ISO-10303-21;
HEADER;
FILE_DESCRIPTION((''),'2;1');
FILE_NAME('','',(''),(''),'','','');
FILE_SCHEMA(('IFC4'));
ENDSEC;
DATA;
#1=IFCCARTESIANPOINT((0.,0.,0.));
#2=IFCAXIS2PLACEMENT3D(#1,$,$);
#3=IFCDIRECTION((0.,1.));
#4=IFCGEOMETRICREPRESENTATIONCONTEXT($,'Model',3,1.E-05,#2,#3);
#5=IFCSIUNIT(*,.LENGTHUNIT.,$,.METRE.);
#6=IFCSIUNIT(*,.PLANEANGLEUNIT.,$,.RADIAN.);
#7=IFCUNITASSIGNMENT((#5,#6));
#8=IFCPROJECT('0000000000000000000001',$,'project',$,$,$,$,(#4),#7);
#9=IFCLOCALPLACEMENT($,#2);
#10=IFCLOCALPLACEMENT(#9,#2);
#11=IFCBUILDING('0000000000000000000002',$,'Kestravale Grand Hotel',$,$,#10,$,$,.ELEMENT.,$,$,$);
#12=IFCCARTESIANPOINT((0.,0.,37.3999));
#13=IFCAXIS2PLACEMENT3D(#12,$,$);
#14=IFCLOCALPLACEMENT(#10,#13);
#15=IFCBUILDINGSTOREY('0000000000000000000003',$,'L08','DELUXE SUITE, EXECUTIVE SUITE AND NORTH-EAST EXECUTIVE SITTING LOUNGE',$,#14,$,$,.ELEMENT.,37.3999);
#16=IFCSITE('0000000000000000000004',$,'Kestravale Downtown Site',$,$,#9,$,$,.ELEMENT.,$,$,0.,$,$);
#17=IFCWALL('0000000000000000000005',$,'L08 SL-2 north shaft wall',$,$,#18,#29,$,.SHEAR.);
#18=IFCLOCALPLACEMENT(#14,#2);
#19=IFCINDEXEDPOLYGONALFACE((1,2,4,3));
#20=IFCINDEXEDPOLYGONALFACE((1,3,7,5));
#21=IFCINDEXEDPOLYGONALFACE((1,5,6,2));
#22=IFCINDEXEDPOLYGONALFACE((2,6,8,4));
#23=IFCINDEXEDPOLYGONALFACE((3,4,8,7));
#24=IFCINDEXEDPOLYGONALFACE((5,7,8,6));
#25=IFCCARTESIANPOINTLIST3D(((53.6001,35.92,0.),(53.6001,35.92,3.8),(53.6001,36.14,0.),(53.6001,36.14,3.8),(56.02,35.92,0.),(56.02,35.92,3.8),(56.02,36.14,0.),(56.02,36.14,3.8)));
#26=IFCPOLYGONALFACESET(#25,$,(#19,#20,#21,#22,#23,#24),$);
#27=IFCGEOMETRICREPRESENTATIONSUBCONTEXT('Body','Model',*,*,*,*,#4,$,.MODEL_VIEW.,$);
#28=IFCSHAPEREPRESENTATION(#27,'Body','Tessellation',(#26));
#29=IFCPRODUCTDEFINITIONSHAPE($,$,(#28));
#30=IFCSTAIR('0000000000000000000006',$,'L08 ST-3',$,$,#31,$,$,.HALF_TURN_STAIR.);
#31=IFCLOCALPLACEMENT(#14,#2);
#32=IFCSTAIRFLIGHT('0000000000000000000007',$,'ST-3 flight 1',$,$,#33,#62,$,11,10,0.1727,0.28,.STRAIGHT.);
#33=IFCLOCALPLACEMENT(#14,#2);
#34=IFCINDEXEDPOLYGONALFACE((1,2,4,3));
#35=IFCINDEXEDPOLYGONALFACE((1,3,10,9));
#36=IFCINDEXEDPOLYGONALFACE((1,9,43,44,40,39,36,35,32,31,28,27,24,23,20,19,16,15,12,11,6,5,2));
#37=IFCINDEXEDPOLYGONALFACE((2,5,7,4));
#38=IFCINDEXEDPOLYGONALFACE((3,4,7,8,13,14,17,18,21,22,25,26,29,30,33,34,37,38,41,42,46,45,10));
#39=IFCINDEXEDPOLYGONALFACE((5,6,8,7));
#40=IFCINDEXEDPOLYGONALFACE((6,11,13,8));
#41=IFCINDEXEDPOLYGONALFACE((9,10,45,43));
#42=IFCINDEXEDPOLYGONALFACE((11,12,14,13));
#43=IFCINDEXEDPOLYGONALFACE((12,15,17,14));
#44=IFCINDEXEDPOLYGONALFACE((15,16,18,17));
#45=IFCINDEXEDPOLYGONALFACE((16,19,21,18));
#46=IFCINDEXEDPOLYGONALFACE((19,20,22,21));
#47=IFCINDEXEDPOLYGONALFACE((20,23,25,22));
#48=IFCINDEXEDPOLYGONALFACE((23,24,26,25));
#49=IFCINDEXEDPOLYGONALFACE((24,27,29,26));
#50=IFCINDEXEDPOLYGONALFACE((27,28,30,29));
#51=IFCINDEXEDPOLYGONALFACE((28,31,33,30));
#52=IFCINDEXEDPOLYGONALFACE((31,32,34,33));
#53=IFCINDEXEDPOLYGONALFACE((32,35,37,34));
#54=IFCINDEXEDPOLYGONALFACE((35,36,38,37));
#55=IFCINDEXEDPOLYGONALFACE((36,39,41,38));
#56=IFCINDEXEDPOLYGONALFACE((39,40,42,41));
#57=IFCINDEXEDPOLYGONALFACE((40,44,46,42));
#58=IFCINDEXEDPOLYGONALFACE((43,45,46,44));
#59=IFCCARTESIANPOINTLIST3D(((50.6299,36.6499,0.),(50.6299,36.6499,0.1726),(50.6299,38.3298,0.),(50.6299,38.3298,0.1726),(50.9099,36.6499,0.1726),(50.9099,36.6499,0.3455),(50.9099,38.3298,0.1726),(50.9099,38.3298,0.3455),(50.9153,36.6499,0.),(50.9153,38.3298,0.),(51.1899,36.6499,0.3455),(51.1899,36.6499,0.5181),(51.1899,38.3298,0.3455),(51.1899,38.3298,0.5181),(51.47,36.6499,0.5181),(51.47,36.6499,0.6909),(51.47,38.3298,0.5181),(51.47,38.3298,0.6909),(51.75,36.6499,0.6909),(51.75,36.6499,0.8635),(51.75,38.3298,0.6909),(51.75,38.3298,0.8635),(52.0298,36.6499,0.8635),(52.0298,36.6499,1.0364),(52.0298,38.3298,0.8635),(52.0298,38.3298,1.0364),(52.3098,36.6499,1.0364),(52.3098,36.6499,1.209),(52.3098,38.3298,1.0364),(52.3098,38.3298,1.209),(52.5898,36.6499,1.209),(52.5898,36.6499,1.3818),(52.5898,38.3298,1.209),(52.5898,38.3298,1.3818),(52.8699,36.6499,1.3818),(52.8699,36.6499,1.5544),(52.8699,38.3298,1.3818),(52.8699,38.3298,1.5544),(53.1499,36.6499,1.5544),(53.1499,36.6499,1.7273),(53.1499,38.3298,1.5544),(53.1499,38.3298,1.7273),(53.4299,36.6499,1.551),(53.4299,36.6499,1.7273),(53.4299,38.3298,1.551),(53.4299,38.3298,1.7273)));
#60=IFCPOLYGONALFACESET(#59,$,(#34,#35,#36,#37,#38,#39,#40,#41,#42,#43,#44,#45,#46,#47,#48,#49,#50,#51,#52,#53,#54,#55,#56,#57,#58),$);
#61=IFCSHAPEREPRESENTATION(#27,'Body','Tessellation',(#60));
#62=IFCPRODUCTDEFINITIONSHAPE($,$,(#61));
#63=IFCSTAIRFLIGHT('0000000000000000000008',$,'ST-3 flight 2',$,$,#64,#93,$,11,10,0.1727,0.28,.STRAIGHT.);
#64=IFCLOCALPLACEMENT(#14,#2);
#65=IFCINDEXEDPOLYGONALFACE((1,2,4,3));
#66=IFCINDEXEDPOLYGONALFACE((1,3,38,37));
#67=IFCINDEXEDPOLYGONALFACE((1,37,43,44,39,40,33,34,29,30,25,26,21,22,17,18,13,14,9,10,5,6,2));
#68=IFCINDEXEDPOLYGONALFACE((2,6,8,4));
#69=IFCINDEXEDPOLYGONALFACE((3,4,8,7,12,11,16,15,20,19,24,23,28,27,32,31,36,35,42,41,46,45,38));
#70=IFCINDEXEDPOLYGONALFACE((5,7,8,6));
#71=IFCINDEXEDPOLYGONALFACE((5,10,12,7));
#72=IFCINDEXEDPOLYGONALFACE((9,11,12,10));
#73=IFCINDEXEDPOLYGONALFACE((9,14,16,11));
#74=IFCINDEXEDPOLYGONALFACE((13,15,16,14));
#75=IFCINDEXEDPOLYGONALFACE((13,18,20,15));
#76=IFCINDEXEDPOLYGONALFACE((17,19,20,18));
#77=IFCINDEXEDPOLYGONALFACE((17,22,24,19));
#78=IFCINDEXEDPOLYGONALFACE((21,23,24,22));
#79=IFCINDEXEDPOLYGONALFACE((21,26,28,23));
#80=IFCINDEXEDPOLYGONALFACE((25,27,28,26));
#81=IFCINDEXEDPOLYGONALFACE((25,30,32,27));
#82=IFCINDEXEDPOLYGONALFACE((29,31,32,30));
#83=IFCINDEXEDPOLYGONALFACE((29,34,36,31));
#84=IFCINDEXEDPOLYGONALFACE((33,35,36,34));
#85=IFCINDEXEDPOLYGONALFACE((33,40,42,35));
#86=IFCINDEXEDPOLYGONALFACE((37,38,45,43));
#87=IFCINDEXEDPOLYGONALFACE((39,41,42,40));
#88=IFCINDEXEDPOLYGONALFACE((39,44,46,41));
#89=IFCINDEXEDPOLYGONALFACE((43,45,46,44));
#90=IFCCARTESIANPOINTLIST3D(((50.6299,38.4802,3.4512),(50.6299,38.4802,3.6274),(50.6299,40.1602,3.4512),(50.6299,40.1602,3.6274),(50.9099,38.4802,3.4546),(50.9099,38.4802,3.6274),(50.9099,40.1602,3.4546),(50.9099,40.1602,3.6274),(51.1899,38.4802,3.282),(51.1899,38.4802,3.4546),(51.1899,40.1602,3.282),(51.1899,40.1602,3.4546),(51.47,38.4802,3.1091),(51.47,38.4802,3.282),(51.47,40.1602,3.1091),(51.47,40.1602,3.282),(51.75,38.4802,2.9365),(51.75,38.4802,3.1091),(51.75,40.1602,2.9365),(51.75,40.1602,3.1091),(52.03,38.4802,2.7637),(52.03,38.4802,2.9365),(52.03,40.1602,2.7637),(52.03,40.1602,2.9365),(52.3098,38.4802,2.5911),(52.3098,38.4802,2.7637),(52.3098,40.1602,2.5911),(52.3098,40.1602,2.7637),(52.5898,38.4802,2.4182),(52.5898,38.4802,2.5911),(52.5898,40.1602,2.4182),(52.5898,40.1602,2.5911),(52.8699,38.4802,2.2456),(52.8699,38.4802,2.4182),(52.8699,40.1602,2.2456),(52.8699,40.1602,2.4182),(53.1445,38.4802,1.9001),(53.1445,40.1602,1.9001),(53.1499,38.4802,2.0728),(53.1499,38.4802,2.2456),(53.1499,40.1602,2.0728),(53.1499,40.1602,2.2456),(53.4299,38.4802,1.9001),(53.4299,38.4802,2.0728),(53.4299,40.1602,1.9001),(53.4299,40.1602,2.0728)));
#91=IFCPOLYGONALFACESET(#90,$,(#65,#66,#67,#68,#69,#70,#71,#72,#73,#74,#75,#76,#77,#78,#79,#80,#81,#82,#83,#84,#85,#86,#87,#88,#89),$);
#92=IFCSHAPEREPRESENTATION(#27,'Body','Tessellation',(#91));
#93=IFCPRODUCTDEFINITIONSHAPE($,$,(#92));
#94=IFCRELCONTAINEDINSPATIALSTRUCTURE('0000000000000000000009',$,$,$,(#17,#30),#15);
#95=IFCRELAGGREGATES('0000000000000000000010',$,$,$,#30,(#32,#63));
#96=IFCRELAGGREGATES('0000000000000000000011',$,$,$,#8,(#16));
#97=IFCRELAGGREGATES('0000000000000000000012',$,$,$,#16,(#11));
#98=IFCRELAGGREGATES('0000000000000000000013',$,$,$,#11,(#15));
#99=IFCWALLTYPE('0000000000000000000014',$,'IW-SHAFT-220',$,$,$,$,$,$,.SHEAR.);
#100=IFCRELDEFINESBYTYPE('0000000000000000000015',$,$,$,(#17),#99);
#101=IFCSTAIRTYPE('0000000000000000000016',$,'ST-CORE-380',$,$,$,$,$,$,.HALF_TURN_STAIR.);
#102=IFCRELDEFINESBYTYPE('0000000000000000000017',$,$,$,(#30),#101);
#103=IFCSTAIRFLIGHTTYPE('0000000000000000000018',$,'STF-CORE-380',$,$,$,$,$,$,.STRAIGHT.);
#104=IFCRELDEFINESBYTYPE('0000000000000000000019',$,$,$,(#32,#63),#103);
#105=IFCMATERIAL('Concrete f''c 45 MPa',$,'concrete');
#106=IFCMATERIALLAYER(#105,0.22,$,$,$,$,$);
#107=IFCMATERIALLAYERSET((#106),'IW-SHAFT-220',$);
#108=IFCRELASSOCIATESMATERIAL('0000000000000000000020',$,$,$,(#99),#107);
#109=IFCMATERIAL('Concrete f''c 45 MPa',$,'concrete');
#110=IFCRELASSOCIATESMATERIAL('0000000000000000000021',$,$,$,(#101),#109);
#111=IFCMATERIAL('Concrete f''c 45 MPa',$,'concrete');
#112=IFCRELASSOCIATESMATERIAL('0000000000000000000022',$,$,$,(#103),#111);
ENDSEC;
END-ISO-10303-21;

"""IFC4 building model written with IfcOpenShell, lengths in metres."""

from ifc_helpers import new_model, si_unit, direction, frame, frame_2d, origin, place, context, subcontext, project, spatial, polyline, rectangle, outline, extrude, material, layer, layer_set, type_object, element, aggregate, save


model = new_model("IFC4")

# Units and contexts
model_context = context("Model", 3, precision=1e-05, world=origin(), true_north=direction((0.0, 1.0)))
body_context = subcontext(model_context, "Body", "Model", "MODEL_VIEW")
ifc_project = project(units=[si_unit("LENGTHUNIT", "METRE"), si_unit("PLANEANGLEUNIT", "RADIAN")], contexts=[model_context])

# Site, building, storey
site_placement = place(None, origin())
site = spatial("IfcSite", under=ifc_project, at=site_placement, Name="Kestravale Downtown Site", CompositionType="ELEMENT", RefElevation=0.0)
building_placement = place(site_placement, origin())
building = spatial("IfcBuilding", under=site, at=building_placement, Name="Kestravale Grand Hotel", CompositionType="ELEMENT")
storey_placement = place(building_placement, frame((0.0, 0.0, 37.3999)))
storey = spatial("IfcBuildingStorey", under=building, at=storey_placement, Name="L08", Description="DELUXE SUITE, EXECUTIVE SUITE AND NORTH-EAST EXECUTIVE SITTING LOUNGE", CompositionType="ELEMENT", Elevation=37.3999)

# Shared definitions
ifc_material_1 = material(Name="Concrete f'c 45 MPa", Category="concrete")
ifc_layer_1 = layer(ifc_material_1, 0.22)
ifc_layer_set_1 = layer_set([ifc_layer_1], Name="IW-SHAFT-220")
wall_type_1 = type_object("IfcWallType", Name="IW-SHAFT-220", PredefinedType="SHEAR", material=ifc_layer_set_1)

# Wall
wall_1_placement = place(storey_placement, frame((53.6001, 36.03, 0.0), z_axis=(0.0, 0.0, 1.0), x_axis=(1.0, 0.0, 0.0)))
element("IfcWall", 1, at=wall_1_placement, inside=storey, type_object=wall_type_1, Name="L08 SL-2 north shaft wall", PredefinedType="SHEAR", context=body_context, shape_type="SweptSolid", body=[
    extrude(rectangle(XDim=2.4199, YDim=0.22, at=frame_2d((1.21, 0.0))), origin(), (0.0, 0.0, 1.0), 3.8),
])

# Stair, stair flights
ifc_material_2 = material(Name="Concrete f'c 45 MPa", Category="concrete")
stair_type = type_object("IfcStairType", Name="ST-CORE-380", PredefinedType="HALF_TURN_STAIR", material=ifc_material_2)
stair_placement = place(storey_placement, origin())
stair = element("IfcStair", 2, at=stair_placement, inside=storey, type_object=stair_type, Name="L08 ST-3", PredefinedType="HALF_TURN_STAIR")
ifc_material_3 = material(Name="Concrete f'c 45 MPa", Category="concrete")
stair_flight_type = type_object("IfcStairFlightType", Name="STF-CORE-380", PredefinedType="STRAIGHT", material=ifc_material_3)
stair_flight_1_placement = place(storey_placement, frame((50.6299, 37.49, 0.0), z_axis=(0.0, 0.0, 1.0), x_axis=(1.0, 0.0, 0.0)))
stair_flight_1 = element("IfcStairFlight", 3, at=stair_flight_1_placement, type_object=stair_flight_type, Name="ST-3 flight 1", NumberOfRisers=11, NumberOfTreads=10, PredefinedType="STRAIGHT", RiserHeight=0.1727, TreadLength=0.28, context=body_context, shape_type="SweptSolid", body=[
    extrude(outline(polyline([(0.0, 0.0), (0.0, 0.1726), (0.28, 0.1726), (0.28, 0.3455), (0.5601, 0.3455), (0.5601, 0.5181), (0.8401, 0.5181), (0.8401, 0.6909), (1.1201, 0.6909), (1.1201, 0.8635), (1.3999, 0.8635), (1.3999, 1.0364), (1.6799, 1.0364), (1.6799, 1.209), (1.96, 1.209), (1.96, 1.3818), (2.24, 1.3818), (2.24, 1.5544), (2.52, 1.5544), (2.52, 1.7273), (2.8, 1.7273), (2.8, 1.8999), (2.8, 1.551), (0.2854, 0.0), (0.0, 0.0)])), frame((0.0, 0.8398, 0.0), z_axis=(0.0, -1.0, 0.0), x_axis=(1.0, 0.0, 0.0)), (0.0, 0.0, 1.0), 1.6799),
])
stair_flight_2_placement = place(storey_placement, frame((53.4299, 39.3201, 1.9001), z_axis=(0.0, 0.0, 1.0), x_axis=(-1.0, 0.0, 0.0)))
stair_flight_2 = element("IfcStairFlight", 4, at=stair_flight_2_placement, type_object=stair_flight_type, Name="ST-3 flight 2", NumberOfRisers=11, NumberOfTreads=10, PredefinedType="STRAIGHT", RiserHeight=0.1727, TreadLength=0.28, context=body_context, shape_type="SweptSolid", body=[
    extrude(outline(polyline([(0.0, 0.0), (0.0, 0.1726), (0.28, 0.1726), (0.28, 0.3455), (0.5601, 0.3455), (0.5601, 0.5181), (0.8401, 0.5181), (0.8401, 0.6909), (1.1201, 0.6909), (1.1201, 0.8635), (1.3999, 0.8635), (1.3999, 1.0364), (1.6799, 1.0364), (1.6799, 1.209), (1.96, 1.209), (1.96, 1.3818), (2.24, 1.3818), (2.24, 1.5544), (2.52, 1.5544), (2.52, 1.7273), (2.8, 1.7273), (2.8, 1.8999), (2.8, 1.551), (0.2854, 0.0), (0.0, 0.0)])), frame((0.0, 0.8398, 0.0), z_axis=(0.0, -1.0, 0.0), x_axis=(1.0, 0.0, 0.0)), (0.0, 0.0, 1.0), 1.6799),
])
aggregate(stair, [stair_flight_1, stair_flight_2])

save(model, "model.ifc")
